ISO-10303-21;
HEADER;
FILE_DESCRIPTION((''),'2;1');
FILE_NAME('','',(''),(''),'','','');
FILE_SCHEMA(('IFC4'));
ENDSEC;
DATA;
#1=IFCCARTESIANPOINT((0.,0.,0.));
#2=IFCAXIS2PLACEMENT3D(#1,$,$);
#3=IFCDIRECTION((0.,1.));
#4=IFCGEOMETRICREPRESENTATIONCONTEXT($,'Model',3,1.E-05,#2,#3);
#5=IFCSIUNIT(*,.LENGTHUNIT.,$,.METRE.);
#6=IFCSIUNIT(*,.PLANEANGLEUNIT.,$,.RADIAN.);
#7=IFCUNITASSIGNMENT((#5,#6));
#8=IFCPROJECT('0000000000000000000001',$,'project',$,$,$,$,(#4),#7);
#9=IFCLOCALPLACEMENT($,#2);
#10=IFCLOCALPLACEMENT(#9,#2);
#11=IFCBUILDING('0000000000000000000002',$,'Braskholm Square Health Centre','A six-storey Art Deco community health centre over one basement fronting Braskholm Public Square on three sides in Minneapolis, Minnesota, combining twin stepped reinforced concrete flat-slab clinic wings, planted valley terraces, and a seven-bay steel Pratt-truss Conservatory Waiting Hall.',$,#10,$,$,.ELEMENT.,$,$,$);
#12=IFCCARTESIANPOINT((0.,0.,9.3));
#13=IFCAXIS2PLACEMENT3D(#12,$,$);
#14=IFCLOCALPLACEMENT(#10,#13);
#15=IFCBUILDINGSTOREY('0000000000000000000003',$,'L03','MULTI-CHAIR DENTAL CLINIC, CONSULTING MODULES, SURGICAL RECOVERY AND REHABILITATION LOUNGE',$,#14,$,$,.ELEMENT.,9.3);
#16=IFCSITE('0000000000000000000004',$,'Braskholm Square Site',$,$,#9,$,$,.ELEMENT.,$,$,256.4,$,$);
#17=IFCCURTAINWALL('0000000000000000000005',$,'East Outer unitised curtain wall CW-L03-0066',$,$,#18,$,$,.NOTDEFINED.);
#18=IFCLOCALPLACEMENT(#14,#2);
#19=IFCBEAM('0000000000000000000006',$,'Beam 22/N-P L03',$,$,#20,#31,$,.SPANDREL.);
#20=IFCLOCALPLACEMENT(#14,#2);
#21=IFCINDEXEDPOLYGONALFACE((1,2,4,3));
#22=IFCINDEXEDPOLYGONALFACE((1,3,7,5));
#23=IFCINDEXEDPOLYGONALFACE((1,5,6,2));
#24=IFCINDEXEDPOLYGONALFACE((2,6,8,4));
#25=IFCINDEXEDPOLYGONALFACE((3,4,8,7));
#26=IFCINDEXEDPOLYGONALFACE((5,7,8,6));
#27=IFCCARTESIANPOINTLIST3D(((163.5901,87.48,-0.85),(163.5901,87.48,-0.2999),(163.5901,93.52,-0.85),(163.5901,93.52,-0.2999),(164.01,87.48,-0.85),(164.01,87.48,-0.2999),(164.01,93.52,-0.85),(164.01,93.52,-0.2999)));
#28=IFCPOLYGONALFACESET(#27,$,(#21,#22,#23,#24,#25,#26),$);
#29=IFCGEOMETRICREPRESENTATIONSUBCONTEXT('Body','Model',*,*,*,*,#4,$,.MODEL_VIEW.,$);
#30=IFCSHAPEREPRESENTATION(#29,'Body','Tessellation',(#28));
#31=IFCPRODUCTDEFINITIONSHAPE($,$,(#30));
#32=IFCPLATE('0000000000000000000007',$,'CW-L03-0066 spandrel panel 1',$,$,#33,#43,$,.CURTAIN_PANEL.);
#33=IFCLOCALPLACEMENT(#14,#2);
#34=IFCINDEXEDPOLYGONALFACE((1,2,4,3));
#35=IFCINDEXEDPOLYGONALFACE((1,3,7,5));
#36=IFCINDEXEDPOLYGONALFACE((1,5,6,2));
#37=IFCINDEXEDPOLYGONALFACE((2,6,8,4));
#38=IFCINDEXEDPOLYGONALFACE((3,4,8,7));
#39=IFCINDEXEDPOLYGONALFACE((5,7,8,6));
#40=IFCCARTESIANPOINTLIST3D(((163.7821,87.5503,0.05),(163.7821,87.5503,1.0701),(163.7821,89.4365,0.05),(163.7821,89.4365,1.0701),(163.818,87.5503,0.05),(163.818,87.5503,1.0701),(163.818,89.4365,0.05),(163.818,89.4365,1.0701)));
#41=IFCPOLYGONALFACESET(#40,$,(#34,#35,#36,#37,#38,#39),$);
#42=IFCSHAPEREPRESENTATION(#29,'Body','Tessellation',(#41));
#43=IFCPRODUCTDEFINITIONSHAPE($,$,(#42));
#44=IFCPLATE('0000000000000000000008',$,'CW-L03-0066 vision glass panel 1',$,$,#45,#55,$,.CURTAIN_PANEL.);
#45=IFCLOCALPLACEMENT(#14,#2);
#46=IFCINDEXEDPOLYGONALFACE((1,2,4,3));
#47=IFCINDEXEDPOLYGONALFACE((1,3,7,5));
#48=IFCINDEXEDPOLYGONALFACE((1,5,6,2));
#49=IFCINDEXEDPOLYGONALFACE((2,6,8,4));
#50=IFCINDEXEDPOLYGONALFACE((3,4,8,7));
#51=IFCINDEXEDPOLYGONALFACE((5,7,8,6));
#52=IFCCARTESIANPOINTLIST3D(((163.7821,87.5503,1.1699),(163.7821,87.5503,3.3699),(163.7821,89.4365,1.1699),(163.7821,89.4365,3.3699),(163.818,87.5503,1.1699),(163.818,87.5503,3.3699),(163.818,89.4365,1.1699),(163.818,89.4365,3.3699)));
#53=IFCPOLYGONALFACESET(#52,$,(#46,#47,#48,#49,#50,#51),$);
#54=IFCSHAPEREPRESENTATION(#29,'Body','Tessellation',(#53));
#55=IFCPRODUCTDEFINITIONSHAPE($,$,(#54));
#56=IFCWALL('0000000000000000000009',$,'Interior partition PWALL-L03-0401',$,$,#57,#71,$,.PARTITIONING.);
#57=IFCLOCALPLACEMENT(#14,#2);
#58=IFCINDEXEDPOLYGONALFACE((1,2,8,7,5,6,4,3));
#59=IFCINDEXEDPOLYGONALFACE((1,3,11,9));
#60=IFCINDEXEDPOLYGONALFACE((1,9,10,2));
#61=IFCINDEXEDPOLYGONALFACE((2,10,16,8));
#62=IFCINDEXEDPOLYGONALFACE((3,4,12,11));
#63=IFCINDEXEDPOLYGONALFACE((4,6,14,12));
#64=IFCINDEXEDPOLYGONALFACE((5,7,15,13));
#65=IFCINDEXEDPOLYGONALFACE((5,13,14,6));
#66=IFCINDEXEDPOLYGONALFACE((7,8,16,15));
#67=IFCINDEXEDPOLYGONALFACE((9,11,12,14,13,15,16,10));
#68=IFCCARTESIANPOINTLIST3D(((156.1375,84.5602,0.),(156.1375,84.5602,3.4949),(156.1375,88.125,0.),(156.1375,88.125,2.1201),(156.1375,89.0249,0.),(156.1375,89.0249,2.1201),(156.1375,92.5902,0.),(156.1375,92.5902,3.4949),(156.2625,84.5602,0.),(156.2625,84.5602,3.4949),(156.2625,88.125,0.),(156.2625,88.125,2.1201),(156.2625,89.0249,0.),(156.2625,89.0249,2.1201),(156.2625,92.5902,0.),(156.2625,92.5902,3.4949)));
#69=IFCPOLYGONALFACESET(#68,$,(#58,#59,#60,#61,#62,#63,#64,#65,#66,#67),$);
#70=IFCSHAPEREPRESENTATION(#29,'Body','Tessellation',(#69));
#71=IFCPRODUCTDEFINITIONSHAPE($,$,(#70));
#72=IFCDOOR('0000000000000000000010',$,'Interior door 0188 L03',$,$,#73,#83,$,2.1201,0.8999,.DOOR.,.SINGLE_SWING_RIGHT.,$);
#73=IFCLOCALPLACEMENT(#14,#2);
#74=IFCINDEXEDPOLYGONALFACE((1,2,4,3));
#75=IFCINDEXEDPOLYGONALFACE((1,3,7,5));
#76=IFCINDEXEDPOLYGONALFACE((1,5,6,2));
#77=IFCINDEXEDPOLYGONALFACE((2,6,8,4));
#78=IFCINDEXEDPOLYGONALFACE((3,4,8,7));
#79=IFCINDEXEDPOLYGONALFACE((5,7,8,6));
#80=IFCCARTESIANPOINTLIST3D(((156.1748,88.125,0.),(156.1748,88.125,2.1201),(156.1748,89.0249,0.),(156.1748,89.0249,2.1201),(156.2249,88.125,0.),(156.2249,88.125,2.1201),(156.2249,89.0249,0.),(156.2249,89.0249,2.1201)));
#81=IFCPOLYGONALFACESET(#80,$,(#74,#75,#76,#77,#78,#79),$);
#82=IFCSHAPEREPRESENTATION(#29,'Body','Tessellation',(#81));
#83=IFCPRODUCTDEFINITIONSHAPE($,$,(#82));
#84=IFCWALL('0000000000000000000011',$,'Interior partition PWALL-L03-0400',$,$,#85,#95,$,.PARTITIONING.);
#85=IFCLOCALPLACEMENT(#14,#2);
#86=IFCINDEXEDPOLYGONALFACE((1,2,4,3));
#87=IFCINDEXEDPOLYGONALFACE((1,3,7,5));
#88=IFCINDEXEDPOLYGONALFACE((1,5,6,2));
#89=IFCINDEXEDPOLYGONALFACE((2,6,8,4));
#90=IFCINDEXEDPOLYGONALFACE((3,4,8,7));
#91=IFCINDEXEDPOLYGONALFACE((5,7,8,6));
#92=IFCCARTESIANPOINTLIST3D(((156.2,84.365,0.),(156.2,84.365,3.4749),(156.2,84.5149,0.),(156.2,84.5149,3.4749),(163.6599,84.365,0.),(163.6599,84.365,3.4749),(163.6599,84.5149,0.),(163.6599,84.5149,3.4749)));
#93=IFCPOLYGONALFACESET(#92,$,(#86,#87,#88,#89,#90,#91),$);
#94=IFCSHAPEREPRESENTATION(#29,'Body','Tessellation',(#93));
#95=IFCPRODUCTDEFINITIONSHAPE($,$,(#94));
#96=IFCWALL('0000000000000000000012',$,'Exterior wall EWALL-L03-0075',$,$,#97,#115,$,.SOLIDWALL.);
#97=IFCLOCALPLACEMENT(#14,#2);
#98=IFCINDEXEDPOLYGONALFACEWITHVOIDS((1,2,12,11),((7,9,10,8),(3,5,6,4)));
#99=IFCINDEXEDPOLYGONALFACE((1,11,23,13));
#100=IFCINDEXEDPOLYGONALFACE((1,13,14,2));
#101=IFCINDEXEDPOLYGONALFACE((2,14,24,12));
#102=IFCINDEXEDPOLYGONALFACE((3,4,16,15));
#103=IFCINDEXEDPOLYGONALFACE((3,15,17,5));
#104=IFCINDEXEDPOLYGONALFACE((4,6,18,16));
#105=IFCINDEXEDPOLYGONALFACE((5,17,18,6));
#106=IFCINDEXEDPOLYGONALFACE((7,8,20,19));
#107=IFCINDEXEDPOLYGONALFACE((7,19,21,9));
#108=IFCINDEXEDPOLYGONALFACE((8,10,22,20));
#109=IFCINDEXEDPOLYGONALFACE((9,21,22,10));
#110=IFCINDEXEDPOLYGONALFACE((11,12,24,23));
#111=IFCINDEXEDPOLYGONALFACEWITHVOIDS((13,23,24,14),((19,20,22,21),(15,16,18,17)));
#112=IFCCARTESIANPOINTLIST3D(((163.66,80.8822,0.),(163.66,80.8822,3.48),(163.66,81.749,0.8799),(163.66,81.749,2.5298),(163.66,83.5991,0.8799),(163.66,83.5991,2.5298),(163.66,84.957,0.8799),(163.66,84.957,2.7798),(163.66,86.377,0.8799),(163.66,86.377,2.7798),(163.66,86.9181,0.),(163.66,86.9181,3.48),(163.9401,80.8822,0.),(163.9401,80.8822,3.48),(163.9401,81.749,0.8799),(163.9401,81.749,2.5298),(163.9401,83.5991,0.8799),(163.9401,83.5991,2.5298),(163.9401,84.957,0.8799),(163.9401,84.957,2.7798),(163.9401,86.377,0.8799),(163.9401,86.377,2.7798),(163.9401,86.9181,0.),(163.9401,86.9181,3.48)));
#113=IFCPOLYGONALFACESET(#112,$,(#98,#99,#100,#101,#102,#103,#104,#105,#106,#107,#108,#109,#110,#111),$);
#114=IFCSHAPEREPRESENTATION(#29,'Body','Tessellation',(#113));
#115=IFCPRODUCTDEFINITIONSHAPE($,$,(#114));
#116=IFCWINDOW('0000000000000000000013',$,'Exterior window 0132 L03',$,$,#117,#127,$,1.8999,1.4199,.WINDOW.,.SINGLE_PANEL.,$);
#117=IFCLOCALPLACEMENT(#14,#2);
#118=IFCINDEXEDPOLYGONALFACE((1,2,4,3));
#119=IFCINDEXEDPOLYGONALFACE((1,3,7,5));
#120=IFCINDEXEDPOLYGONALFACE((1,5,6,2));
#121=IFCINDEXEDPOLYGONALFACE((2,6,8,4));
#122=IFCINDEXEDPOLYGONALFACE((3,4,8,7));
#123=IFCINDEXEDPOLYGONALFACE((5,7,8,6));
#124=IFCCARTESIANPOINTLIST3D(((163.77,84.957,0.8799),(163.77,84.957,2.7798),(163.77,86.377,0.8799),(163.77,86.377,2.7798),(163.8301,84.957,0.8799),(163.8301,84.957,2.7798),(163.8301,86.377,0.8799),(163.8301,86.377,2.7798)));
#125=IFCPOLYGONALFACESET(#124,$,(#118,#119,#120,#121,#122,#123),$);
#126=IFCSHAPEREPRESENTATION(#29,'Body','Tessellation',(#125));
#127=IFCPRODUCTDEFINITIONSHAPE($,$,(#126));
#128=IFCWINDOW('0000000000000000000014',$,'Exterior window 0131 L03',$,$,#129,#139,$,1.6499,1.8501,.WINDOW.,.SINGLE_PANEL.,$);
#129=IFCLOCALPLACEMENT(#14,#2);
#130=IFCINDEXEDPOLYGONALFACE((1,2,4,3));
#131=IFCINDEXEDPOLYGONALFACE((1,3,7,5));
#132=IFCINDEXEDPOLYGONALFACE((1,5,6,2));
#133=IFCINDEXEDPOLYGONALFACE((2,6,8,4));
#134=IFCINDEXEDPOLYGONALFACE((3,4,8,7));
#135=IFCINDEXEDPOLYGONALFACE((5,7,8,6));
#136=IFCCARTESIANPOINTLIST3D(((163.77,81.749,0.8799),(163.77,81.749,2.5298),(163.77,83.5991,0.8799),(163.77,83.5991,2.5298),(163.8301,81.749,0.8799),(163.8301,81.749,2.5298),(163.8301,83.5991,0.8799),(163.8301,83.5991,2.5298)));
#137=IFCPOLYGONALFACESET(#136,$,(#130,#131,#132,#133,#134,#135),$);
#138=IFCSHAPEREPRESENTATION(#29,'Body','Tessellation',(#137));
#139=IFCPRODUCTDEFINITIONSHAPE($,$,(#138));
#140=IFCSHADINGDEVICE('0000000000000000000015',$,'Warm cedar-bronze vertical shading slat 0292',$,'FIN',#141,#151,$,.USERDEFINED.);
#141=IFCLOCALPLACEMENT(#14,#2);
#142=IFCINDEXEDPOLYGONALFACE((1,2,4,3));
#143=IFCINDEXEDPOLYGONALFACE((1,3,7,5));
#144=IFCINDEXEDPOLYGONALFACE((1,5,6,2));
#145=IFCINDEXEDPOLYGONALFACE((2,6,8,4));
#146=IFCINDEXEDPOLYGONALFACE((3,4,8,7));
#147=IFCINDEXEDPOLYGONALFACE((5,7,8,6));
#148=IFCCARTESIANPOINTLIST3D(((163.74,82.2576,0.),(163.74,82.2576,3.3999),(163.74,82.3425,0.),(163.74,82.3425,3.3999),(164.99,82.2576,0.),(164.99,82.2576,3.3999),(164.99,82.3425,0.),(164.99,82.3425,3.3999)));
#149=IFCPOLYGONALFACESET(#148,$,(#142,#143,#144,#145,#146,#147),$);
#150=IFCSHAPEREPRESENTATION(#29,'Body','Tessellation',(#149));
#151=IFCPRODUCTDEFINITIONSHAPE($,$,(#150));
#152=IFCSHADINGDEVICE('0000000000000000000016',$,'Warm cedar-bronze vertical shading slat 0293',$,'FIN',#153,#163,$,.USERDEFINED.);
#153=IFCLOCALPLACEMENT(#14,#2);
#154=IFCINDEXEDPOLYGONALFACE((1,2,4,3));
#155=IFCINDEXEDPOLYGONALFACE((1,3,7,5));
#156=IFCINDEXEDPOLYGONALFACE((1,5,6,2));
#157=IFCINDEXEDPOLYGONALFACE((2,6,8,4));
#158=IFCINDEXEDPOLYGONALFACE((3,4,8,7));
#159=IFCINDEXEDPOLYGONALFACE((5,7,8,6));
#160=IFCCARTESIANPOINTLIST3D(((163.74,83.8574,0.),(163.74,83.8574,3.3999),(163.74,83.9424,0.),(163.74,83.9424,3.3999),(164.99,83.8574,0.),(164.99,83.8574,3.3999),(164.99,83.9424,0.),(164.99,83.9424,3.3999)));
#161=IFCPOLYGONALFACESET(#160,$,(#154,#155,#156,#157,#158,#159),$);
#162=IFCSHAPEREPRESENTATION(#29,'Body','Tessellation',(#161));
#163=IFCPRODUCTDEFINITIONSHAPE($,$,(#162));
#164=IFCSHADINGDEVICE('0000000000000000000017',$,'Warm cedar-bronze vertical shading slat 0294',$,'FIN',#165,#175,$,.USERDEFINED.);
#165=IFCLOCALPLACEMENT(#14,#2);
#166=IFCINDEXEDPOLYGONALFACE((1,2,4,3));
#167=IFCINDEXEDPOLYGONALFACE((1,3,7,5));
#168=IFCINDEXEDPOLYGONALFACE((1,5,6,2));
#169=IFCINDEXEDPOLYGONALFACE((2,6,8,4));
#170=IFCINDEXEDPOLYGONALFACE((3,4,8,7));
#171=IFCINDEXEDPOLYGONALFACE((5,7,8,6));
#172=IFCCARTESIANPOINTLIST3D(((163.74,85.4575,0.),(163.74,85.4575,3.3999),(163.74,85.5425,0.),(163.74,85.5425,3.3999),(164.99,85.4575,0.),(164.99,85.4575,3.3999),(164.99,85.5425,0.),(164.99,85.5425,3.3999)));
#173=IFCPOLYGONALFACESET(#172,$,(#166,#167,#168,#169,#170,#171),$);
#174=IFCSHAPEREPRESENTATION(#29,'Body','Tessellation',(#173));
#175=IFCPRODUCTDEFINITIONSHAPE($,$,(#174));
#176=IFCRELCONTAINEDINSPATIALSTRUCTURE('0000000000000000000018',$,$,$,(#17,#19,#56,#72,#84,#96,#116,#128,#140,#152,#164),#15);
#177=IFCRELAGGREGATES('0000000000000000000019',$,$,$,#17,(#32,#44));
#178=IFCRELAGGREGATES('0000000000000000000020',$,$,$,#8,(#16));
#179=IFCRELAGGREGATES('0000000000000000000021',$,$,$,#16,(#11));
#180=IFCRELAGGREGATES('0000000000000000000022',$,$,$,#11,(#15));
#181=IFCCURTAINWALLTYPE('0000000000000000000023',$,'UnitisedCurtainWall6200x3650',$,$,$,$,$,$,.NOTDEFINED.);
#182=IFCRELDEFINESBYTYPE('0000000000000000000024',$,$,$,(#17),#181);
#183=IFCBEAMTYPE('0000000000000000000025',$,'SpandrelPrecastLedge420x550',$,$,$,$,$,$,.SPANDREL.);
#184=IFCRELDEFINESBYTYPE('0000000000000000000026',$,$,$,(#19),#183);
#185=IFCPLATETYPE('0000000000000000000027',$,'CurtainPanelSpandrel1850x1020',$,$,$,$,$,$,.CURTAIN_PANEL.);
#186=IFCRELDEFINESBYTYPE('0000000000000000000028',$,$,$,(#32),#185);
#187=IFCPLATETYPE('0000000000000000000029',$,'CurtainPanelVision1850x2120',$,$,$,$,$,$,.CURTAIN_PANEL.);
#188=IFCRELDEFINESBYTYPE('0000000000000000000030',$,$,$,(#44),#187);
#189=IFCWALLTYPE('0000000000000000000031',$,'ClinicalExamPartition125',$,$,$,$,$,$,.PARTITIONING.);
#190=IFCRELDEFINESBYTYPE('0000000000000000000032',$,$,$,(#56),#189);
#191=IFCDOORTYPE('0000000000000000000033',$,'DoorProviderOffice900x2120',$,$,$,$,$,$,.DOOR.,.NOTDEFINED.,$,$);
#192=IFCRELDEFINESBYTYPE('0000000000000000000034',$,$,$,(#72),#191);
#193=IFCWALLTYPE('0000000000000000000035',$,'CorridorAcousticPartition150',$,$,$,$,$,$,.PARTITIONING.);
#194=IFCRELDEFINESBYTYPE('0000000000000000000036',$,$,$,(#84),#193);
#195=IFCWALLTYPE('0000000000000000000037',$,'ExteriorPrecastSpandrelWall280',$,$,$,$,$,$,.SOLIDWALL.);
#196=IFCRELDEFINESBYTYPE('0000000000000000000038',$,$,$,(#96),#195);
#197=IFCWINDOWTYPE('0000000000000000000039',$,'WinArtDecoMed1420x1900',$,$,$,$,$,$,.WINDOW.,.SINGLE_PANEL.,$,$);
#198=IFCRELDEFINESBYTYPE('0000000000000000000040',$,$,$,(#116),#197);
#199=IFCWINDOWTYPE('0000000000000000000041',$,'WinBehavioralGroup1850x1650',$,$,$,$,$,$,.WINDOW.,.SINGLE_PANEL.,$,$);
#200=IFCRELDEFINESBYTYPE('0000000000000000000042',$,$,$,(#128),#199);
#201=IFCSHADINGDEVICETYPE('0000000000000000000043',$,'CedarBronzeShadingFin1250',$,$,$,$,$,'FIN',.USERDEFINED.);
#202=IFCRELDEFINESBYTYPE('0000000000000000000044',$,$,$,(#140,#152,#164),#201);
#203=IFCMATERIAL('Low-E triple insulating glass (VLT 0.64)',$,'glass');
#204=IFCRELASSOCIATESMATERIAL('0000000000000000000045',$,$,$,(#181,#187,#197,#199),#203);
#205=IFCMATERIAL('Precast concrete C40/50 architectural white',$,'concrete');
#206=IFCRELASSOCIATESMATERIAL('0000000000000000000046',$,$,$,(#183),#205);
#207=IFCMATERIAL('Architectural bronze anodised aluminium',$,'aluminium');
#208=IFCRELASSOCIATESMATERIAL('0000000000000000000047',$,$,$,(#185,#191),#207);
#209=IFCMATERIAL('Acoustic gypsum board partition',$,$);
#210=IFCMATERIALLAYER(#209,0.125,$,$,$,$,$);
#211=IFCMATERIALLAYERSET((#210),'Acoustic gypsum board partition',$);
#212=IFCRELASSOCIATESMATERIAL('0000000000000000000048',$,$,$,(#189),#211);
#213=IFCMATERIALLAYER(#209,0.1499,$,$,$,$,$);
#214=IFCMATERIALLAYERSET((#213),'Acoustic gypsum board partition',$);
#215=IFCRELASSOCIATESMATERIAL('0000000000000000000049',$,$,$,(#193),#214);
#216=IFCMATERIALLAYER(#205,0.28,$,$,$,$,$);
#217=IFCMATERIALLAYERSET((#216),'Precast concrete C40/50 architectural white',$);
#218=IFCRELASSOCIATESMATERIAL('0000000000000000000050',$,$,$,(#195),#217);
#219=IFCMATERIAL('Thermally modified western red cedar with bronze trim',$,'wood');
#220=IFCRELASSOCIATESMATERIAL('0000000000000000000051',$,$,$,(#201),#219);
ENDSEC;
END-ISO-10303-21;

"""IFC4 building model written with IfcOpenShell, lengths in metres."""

from ifc_helpers import new_model, si_unit, direction, frame, frame_2d, origin, origin_with_axes, origin_2d, place, context, subcontext, project, spatial, rectangle, extrude, material, layer, layer_set, material_profile, profile_set, type_object, element, fill, aggregate, save


model = new_model("IFC4")

# Units and contexts
model_context = context("Model", 3, precision=1e-05, world=origin(), true_north=direction((0.0, 1.0)))
body_context = subcontext(model_context, "Body", "Model", "MODEL_VIEW")
ifc_project = project(units=[si_unit("LENGTHUNIT", "METRE"), si_unit("PLANEANGLEUNIT", "RADIAN")], contexts=[model_context])

# Site, building, storey
site_placement = place(None, origin())
site = spatial("IfcSite", under=ifc_project, at=site_placement, Name="Braskholm Square Site", CompositionType="ELEMENT", RefElevation=256.4)
building_placement = place(site_placement, origin())
building = spatial("IfcBuilding", under=site, at=building_placement, Name="Braskholm Square Health Centre", Description="A six-storey Art Deco community health centre over one basement fronting Braskholm Public Square on three sides in Minneapolis, Minnesota, combining twin stepped reinforced concrete flat-slab clinic wings, planted valley terraces, and a seven-bay steel Pratt-truss Conservatory Waiting Hall.", CompositionType="ELEMENT")
storey_placement = place(building_placement, frame((0.0, 0.0, 9.3)))
storey = spatial("IfcBuildingStorey", under=building, at=storey_placement, Name="L03", Description="MULTI-CHAIR DENTAL CLINIC, CONSULTING MODULES, SURGICAL RECOVERY AND REHABILITATION LOUNGE", CompositionType="ELEMENT", Elevation=9.3)

# Shared definitions
ifc_material_1 = material(Name="Precast concrete C40/50 architectural white", Category="concrete")

# Curtain wall
ifc_material_2 = material(Name="Low-E triple insulating glass (VLT 0.64)", Category="glass")
curtain_wall_type = type_object("IfcCurtainWallType", Name="UnitisedCurtainWall6200x3650", PredefinedType="NOTDEFINED", material=ifc_material_2)
curtain_wall_placement = place(storey_placement, origin())
curtain_wall = element("IfcCurtainWall", 1, at=curtain_wall_placement, inside=storey, type_object=curtain_wall_type, Name="East Outer unitised curtain wall CW-L03-0066", PredefinedType="NOTDEFINED")
ifc_material_3 = material(Name="Architectural bronze anodised aluminium", Category="aluminium")

# Beam
ifc_material_profile_1 = material_profile(ifc_material_1, rectangle(XDim=0.4199, YDim=0.55, at=origin_2d()), Name="RCB-420X550")
ifc_profile_set_1 = profile_set([ifc_material_profile_1], Name="Precast concrete C40/50 architectural white")
beam_type_1 = type_object("IfcBeamType", Name="SpandrelPrecastLedge420x550", PredefinedType="SPANDREL", material=ifc_profile_set_1)
for number, where, z_axis, x_axis, name in (
    (2, (163.8, 87.48, -0.575), (0.0, 1.0, 0.0), (-1.0, 0.0, 0.0), "Beam 22/N-P L03"),
):
    element("IfcBeam", number, at=place(storey_placement, frame(where, z_axis=z_axis, x_axis=x_axis)), inside=storey, type_object=beam_type_1, Name=name, PredefinedType="SPANDREL", context=body_context, shape_type="SweptSolid", body=[
        extrude(rectangle(XDim=0.4199, YDim=0.55, at=origin_2d()), origin(), (0.0, 0.0, 1.0), 6.04),
    ])

# Plates
plate_type_1 = type_object("IfcPlateType", Name="CurtainPanelSpandrel1850x1020", PredefinedType="CURTAIN_PANEL", material=ifc_material_3)
plate_1_placement = place(storey_placement, frame((163.8, 88.4934, 0.05), z_axis=(0.0, 0.0, 1.0), x_axis=(0.0, 1.0, 0.0)))
plate_1 = element("IfcPlate", 3, at=plate_1_placement, type_object=plate_type_1, Name="CW-L03-0066 spandrel panel 1", PredefinedType="CURTAIN_PANEL", context=body_context, shape_type="SweptSolid", body=[
    extrude(rectangle(XDim=1.8862, YDim=0.0359, at=origin_2d()), origin(), (0.0, 0.0, 1.0), 1.02),
])
plate_type_2 = type_object("IfcPlateType", Name="CurtainPanelVision1850x2120", PredefinedType="CURTAIN_PANEL", material=ifc_material_2)
plate_2_placement = place(storey_placement, frame((163.8, 88.4934, 1.1699), z_axis=(0.0, 0.0, 1.0), x_axis=(0.0, 1.0, 0.0)))
plate_2 = element("IfcPlate", 4, at=plate_2_placement, type_object=plate_type_2, Name="CW-L03-0066 vision glass panel 1", PredefinedType="CURTAIN_PANEL", context=body_context, shape_type="SweptSolid", body=[
    extrude(rectangle(XDim=1.8862, YDim=0.0359, at=origin_2d()), origin(), (0.0, 0.0, 1.0), 2.2),
])
aggregate(curtain_wall, [plate_1, plate_2])

# Wall, opening, door
ifc_material_4 = material(Name="Acoustic gypsum board partition")
ifc_layer_1 = layer(ifc_material_4, 0.125)
ifc_layer_set_1 = layer_set([ifc_layer_1], Name="Acoustic gypsum board partition")
wall_type_1 = type_object("IfcWallType", Name="ClinicalExamPartition125", PredefinedType="PARTITIONING", material=ifc_layer_set_1)
wall_1_placement = place(storey_placement, frame((156.2, 84.5601, 0.0), z_axis=(0.0, 0.0, 1.0), x_axis=(0.0, 1.0, 0.0)))
wall_1 = element("IfcWall", 5, at=wall_1_placement, inside=storey, type_object=wall_type_1, Name="Interior partition PWALL-L03-0401", PredefinedType="PARTITIONING", context=body_context, shape_type="SweptSolid", body=[
    extrude(rectangle(XDim=8.03, YDim=0.125, at=frame_2d((4.0151, 0.0))), origin(), (0.0, 0.0, 1.0), 3.4949),
])
opening_1_placement = place(wall_1_placement, frame((3.5649, 0.0, 0.0)))
opening_1 = element("IfcOpeningElement", 6, at=opening_1_placement, cuts=wall_1, PredefinedType="OPENING", context=body_context, shape_type="SweptSolid", body=[
    extrude(rectangle(XDim=0.8999, YDim=2.1201, at=frame_2d((0.45, 1.0601))), frame((0.0, 0.0725, 0.0), z_axis=(0.0, -1.0, 0.0), x_axis=(1.0, 0.0, 0.0)), (0.0, 0.0, 1.0), 0.145),
])
door_type = type_object("IfcDoorType", Name="DoorProviderOffice900x2120", OperationType="NOTDEFINED", PredefinedType="DOOR", material=ifc_material_3)
door_placement = place(opening_1_placement, frame((0.8999, 0.0, 0.0), z_axis=(0.0, 0.0, 1.0), x_axis=(-1.0, 0.0, 0.0)))
door = element("IfcDoor", 7, at=door_placement, inside=storey, type_object=door_type, Name="Interior door 0188 L03", OperationType="SINGLE_SWING_RIGHT", OverallHeight=2.1201, OverallWidth=0.8999, PredefinedType="DOOR", context=body_context, shape_type="SweptSolid", body=[
    extrude(rectangle(XDim=0.8999, YDim=2.1201, at=frame_2d((0.45, 1.0601))), frame((0.0, 0.0249, 0.0), z_axis=(0.0, -1.0, 0.0), x_axis=(1.0, 0.0, 0.0)), (0.0, 0.0, 1.0), 0.05),
])
fill(opening_1, door)

# Wall
ifc_layer_2 = layer(ifc_material_4, 0.1499)
ifc_layer_set_2 = layer_set([ifc_layer_2], Name="Acoustic gypsum board partition")
wall_type_2 = type_object("IfcWallType", Name="CorridorAcousticPartition150", PredefinedType="PARTITIONING", material=ifc_layer_set_2)
wall_2_placement = place(storey_placement, frame((156.2, 84.4399, 0.0), z_axis=(0.0, 0.0, 1.0), x_axis=(1.0, 0.0, 0.0)))
element("IfcWall", 8, at=wall_2_placement, inside=storey, type_object=wall_type_2, Name="Interior partition PWALL-L03-0400", PredefinedType="PARTITIONING", context=body_context, shape_type="SweptSolid", body=[
    extrude(rectangle(XDim=7.46, YDim=0.1499, at=frame_2d((3.73, 0.0))), origin(), (0.0, 0.0, 1.0), 3.4749),
])

# Wall, openings, windows
ifc_layer_3 = layer(ifc_material_1, 0.28)
ifc_layer_set_3 = layer_set([ifc_layer_3], Name="Precast concrete C40/50 architectural white")
wall_type_3 = type_object("IfcWallType", Name="ExteriorPrecastSpandrelWall280", PredefinedType="SOLIDWALL", material=ifc_layer_set_3)
wall_3_placement = place(storey_placement, frame((163.8, 80.8821, 0.0), z_axis=(0.0, 0.0, 1.0), x_axis=(0.0, 1.0, 0.0)))
wall_3 = element("IfcWall", 9, at=wall_3_placement, inside=storey, type_object=wall_type_3, Name="Exterior wall EWALL-L03-0075", PredefinedType="SOLIDWALL", context=body_context, shape_type="SweptSolid", body=[
    extrude(rectangle(XDim=6.0359, YDim=0.28, at=frame_2d((3.0181, 0.0))), origin(), (0.0, 0.0, 1.0), 3.48),
])
opening_2_placement = place(wall_3_placement, frame((0.8669, 0.0, 0.8799)))
opening_2 = element("IfcOpeningElement", 10, at=opening_2_placement, cuts=wall_3, PredefinedType="OPENING", context=body_context, shape_type="SweptSolid", body=[
    extrude(rectangle(XDim=1.8501, YDim=1.6499, at=frame_2d((0.925, 0.825))), frame((0.0, 0.1499, 0.0), z_axis=(0.0, -1.0, 0.0), x_axis=(1.0, 0.0, 0.0)), (0.0, 0.0, 1.0), 0.3),
])
opening_3_placement = place(wall_3_placement, frame((4.075, 0.0, 0.8799)))
opening_3 = element("IfcOpeningElement", 11, at=opening_3_placement, cuts=wall_3, PredefinedType="OPENING", context=body_context, shape_type="SweptSolid", body=[
    extrude(rectangle(XDim=1.4199, YDim=1.8999, at=frame_2d((0.71, 0.95))), frame((0.0, 0.1499, 0.0), z_axis=(0.0, -1.0, 0.0), x_axis=(1.0, 0.0, 0.0)), (0.0, 0.0, 1.0), 0.3),
])
window_type_1 = type_object("IfcWindowType", Name="WinArtDecoMed1420x1900", PartitioningType="SINGLE_PANEL", PredefinedType="WINDOW", material=ifc_material_2)
window_1_placement = place(opening_3_placement, origin_with_axes())
window_1 = element("IfcWindow", 12, at=window_1_placement, inside=storey, type_object=window_type_1, Name="Exterior window 0132 L03", OverallHeight=1.8999, OverallWidth=1.4199, PartitioningType="SINGLE_PANEL", PredefinedType="WINDOW", context=body_context, shape_type="SweptSolid", body=[
    extrude(rectangle(XDim=1.4199, YDim=1.8999, at=frame_2d((0.71, 0.95))), frame((0.0, 0.03, 0.0), z_axis=(0.0, -1.0, 0.0), x_axis=(1.0, 0.0, 0.0)), (0.0, 0.0, 1.0), 0.0601),
])
fill(opening_3, window_1)
window_type_2 = type_object("IfcWindowType", Name="WinBehavioralGroup1850x1650", PartitioningType="SINGLE_PANEL", PredefinedType="WINDOW", material=ifc_material_2)
window_2_placement = place(opening_2_placement, origin_with_axes())
window_2 = element("IfcWindow", 13, at=window_2_placement, inside=storey, type_object=window_type_2, Name="Exterior window 0131 L03", OverallHeight=1.6499, OverallWidth=1.8501, PartitioningType="SINGLE_PANEL", PredefinedType="WINDOW", context=body_context, shape_type="SweptSolid", body=[
    extrude(rectangle(XDim=1.8501, YDim=1.6499, at=frame_2d((0.925, 0.825))), frame((0.0, 0.03, 0.0), z_axis=(0.0, -1.0, 0.0), x_axis=(1.0, 0.0, 0.0)), (0.0, 0.0, 1.0), 0.0601),
])
fill(opening_2, window_2)

# Shading devices
ifc_material_5 = material(Name="Thermally modified western red cedar with bronze trim", Category="wood")
shading_device_type = type_object("IfcShadingDeviceType", Name="CedarBronzeShadingFin1250", ElementType="FIN", PredefinedType="USERDEFINED", material=ifc_material_5)
for number, where, z_axis, x_axis, name in (
    (14, (164.365, 82.3, 0.0), (0.0, 0.0, 1.0), (1.0, 0.0, 0.0), "Warm cedar-bronze vertical shading slat 0292"),
    (15, (164.365, 83.8999, 0.0), (0.0, 0.0, 1.0), (1.0, 0.0, 0.0), "Warm cedar-bronze vertical shading slat 0293"),
    (16, (164.365, 85.5, 0.0), (0.0, 0.0, 1.0), (1.0, 0.0, 0.0), "Warm cedar-bronze vertical shading slat 0294"),
):
    element("IfcShadingDevice", number, at=place(storey_placement, frame(where, z_axis=z_axis, x_axis=x_axis)), inside=storey, type_object=shading_device_type, Name=name, ObjectType="FIN", PredefinedType="USERDEFINED", context=body_context, shape_type="SweptSolid", body=[
        extrude(rectangle(XDim=1.25, YDim=0.085, at=origin_2d()), origin(), (0.0, 0.0, 1.0), 3.3999),
    ])

save(model, "model.ifc")
